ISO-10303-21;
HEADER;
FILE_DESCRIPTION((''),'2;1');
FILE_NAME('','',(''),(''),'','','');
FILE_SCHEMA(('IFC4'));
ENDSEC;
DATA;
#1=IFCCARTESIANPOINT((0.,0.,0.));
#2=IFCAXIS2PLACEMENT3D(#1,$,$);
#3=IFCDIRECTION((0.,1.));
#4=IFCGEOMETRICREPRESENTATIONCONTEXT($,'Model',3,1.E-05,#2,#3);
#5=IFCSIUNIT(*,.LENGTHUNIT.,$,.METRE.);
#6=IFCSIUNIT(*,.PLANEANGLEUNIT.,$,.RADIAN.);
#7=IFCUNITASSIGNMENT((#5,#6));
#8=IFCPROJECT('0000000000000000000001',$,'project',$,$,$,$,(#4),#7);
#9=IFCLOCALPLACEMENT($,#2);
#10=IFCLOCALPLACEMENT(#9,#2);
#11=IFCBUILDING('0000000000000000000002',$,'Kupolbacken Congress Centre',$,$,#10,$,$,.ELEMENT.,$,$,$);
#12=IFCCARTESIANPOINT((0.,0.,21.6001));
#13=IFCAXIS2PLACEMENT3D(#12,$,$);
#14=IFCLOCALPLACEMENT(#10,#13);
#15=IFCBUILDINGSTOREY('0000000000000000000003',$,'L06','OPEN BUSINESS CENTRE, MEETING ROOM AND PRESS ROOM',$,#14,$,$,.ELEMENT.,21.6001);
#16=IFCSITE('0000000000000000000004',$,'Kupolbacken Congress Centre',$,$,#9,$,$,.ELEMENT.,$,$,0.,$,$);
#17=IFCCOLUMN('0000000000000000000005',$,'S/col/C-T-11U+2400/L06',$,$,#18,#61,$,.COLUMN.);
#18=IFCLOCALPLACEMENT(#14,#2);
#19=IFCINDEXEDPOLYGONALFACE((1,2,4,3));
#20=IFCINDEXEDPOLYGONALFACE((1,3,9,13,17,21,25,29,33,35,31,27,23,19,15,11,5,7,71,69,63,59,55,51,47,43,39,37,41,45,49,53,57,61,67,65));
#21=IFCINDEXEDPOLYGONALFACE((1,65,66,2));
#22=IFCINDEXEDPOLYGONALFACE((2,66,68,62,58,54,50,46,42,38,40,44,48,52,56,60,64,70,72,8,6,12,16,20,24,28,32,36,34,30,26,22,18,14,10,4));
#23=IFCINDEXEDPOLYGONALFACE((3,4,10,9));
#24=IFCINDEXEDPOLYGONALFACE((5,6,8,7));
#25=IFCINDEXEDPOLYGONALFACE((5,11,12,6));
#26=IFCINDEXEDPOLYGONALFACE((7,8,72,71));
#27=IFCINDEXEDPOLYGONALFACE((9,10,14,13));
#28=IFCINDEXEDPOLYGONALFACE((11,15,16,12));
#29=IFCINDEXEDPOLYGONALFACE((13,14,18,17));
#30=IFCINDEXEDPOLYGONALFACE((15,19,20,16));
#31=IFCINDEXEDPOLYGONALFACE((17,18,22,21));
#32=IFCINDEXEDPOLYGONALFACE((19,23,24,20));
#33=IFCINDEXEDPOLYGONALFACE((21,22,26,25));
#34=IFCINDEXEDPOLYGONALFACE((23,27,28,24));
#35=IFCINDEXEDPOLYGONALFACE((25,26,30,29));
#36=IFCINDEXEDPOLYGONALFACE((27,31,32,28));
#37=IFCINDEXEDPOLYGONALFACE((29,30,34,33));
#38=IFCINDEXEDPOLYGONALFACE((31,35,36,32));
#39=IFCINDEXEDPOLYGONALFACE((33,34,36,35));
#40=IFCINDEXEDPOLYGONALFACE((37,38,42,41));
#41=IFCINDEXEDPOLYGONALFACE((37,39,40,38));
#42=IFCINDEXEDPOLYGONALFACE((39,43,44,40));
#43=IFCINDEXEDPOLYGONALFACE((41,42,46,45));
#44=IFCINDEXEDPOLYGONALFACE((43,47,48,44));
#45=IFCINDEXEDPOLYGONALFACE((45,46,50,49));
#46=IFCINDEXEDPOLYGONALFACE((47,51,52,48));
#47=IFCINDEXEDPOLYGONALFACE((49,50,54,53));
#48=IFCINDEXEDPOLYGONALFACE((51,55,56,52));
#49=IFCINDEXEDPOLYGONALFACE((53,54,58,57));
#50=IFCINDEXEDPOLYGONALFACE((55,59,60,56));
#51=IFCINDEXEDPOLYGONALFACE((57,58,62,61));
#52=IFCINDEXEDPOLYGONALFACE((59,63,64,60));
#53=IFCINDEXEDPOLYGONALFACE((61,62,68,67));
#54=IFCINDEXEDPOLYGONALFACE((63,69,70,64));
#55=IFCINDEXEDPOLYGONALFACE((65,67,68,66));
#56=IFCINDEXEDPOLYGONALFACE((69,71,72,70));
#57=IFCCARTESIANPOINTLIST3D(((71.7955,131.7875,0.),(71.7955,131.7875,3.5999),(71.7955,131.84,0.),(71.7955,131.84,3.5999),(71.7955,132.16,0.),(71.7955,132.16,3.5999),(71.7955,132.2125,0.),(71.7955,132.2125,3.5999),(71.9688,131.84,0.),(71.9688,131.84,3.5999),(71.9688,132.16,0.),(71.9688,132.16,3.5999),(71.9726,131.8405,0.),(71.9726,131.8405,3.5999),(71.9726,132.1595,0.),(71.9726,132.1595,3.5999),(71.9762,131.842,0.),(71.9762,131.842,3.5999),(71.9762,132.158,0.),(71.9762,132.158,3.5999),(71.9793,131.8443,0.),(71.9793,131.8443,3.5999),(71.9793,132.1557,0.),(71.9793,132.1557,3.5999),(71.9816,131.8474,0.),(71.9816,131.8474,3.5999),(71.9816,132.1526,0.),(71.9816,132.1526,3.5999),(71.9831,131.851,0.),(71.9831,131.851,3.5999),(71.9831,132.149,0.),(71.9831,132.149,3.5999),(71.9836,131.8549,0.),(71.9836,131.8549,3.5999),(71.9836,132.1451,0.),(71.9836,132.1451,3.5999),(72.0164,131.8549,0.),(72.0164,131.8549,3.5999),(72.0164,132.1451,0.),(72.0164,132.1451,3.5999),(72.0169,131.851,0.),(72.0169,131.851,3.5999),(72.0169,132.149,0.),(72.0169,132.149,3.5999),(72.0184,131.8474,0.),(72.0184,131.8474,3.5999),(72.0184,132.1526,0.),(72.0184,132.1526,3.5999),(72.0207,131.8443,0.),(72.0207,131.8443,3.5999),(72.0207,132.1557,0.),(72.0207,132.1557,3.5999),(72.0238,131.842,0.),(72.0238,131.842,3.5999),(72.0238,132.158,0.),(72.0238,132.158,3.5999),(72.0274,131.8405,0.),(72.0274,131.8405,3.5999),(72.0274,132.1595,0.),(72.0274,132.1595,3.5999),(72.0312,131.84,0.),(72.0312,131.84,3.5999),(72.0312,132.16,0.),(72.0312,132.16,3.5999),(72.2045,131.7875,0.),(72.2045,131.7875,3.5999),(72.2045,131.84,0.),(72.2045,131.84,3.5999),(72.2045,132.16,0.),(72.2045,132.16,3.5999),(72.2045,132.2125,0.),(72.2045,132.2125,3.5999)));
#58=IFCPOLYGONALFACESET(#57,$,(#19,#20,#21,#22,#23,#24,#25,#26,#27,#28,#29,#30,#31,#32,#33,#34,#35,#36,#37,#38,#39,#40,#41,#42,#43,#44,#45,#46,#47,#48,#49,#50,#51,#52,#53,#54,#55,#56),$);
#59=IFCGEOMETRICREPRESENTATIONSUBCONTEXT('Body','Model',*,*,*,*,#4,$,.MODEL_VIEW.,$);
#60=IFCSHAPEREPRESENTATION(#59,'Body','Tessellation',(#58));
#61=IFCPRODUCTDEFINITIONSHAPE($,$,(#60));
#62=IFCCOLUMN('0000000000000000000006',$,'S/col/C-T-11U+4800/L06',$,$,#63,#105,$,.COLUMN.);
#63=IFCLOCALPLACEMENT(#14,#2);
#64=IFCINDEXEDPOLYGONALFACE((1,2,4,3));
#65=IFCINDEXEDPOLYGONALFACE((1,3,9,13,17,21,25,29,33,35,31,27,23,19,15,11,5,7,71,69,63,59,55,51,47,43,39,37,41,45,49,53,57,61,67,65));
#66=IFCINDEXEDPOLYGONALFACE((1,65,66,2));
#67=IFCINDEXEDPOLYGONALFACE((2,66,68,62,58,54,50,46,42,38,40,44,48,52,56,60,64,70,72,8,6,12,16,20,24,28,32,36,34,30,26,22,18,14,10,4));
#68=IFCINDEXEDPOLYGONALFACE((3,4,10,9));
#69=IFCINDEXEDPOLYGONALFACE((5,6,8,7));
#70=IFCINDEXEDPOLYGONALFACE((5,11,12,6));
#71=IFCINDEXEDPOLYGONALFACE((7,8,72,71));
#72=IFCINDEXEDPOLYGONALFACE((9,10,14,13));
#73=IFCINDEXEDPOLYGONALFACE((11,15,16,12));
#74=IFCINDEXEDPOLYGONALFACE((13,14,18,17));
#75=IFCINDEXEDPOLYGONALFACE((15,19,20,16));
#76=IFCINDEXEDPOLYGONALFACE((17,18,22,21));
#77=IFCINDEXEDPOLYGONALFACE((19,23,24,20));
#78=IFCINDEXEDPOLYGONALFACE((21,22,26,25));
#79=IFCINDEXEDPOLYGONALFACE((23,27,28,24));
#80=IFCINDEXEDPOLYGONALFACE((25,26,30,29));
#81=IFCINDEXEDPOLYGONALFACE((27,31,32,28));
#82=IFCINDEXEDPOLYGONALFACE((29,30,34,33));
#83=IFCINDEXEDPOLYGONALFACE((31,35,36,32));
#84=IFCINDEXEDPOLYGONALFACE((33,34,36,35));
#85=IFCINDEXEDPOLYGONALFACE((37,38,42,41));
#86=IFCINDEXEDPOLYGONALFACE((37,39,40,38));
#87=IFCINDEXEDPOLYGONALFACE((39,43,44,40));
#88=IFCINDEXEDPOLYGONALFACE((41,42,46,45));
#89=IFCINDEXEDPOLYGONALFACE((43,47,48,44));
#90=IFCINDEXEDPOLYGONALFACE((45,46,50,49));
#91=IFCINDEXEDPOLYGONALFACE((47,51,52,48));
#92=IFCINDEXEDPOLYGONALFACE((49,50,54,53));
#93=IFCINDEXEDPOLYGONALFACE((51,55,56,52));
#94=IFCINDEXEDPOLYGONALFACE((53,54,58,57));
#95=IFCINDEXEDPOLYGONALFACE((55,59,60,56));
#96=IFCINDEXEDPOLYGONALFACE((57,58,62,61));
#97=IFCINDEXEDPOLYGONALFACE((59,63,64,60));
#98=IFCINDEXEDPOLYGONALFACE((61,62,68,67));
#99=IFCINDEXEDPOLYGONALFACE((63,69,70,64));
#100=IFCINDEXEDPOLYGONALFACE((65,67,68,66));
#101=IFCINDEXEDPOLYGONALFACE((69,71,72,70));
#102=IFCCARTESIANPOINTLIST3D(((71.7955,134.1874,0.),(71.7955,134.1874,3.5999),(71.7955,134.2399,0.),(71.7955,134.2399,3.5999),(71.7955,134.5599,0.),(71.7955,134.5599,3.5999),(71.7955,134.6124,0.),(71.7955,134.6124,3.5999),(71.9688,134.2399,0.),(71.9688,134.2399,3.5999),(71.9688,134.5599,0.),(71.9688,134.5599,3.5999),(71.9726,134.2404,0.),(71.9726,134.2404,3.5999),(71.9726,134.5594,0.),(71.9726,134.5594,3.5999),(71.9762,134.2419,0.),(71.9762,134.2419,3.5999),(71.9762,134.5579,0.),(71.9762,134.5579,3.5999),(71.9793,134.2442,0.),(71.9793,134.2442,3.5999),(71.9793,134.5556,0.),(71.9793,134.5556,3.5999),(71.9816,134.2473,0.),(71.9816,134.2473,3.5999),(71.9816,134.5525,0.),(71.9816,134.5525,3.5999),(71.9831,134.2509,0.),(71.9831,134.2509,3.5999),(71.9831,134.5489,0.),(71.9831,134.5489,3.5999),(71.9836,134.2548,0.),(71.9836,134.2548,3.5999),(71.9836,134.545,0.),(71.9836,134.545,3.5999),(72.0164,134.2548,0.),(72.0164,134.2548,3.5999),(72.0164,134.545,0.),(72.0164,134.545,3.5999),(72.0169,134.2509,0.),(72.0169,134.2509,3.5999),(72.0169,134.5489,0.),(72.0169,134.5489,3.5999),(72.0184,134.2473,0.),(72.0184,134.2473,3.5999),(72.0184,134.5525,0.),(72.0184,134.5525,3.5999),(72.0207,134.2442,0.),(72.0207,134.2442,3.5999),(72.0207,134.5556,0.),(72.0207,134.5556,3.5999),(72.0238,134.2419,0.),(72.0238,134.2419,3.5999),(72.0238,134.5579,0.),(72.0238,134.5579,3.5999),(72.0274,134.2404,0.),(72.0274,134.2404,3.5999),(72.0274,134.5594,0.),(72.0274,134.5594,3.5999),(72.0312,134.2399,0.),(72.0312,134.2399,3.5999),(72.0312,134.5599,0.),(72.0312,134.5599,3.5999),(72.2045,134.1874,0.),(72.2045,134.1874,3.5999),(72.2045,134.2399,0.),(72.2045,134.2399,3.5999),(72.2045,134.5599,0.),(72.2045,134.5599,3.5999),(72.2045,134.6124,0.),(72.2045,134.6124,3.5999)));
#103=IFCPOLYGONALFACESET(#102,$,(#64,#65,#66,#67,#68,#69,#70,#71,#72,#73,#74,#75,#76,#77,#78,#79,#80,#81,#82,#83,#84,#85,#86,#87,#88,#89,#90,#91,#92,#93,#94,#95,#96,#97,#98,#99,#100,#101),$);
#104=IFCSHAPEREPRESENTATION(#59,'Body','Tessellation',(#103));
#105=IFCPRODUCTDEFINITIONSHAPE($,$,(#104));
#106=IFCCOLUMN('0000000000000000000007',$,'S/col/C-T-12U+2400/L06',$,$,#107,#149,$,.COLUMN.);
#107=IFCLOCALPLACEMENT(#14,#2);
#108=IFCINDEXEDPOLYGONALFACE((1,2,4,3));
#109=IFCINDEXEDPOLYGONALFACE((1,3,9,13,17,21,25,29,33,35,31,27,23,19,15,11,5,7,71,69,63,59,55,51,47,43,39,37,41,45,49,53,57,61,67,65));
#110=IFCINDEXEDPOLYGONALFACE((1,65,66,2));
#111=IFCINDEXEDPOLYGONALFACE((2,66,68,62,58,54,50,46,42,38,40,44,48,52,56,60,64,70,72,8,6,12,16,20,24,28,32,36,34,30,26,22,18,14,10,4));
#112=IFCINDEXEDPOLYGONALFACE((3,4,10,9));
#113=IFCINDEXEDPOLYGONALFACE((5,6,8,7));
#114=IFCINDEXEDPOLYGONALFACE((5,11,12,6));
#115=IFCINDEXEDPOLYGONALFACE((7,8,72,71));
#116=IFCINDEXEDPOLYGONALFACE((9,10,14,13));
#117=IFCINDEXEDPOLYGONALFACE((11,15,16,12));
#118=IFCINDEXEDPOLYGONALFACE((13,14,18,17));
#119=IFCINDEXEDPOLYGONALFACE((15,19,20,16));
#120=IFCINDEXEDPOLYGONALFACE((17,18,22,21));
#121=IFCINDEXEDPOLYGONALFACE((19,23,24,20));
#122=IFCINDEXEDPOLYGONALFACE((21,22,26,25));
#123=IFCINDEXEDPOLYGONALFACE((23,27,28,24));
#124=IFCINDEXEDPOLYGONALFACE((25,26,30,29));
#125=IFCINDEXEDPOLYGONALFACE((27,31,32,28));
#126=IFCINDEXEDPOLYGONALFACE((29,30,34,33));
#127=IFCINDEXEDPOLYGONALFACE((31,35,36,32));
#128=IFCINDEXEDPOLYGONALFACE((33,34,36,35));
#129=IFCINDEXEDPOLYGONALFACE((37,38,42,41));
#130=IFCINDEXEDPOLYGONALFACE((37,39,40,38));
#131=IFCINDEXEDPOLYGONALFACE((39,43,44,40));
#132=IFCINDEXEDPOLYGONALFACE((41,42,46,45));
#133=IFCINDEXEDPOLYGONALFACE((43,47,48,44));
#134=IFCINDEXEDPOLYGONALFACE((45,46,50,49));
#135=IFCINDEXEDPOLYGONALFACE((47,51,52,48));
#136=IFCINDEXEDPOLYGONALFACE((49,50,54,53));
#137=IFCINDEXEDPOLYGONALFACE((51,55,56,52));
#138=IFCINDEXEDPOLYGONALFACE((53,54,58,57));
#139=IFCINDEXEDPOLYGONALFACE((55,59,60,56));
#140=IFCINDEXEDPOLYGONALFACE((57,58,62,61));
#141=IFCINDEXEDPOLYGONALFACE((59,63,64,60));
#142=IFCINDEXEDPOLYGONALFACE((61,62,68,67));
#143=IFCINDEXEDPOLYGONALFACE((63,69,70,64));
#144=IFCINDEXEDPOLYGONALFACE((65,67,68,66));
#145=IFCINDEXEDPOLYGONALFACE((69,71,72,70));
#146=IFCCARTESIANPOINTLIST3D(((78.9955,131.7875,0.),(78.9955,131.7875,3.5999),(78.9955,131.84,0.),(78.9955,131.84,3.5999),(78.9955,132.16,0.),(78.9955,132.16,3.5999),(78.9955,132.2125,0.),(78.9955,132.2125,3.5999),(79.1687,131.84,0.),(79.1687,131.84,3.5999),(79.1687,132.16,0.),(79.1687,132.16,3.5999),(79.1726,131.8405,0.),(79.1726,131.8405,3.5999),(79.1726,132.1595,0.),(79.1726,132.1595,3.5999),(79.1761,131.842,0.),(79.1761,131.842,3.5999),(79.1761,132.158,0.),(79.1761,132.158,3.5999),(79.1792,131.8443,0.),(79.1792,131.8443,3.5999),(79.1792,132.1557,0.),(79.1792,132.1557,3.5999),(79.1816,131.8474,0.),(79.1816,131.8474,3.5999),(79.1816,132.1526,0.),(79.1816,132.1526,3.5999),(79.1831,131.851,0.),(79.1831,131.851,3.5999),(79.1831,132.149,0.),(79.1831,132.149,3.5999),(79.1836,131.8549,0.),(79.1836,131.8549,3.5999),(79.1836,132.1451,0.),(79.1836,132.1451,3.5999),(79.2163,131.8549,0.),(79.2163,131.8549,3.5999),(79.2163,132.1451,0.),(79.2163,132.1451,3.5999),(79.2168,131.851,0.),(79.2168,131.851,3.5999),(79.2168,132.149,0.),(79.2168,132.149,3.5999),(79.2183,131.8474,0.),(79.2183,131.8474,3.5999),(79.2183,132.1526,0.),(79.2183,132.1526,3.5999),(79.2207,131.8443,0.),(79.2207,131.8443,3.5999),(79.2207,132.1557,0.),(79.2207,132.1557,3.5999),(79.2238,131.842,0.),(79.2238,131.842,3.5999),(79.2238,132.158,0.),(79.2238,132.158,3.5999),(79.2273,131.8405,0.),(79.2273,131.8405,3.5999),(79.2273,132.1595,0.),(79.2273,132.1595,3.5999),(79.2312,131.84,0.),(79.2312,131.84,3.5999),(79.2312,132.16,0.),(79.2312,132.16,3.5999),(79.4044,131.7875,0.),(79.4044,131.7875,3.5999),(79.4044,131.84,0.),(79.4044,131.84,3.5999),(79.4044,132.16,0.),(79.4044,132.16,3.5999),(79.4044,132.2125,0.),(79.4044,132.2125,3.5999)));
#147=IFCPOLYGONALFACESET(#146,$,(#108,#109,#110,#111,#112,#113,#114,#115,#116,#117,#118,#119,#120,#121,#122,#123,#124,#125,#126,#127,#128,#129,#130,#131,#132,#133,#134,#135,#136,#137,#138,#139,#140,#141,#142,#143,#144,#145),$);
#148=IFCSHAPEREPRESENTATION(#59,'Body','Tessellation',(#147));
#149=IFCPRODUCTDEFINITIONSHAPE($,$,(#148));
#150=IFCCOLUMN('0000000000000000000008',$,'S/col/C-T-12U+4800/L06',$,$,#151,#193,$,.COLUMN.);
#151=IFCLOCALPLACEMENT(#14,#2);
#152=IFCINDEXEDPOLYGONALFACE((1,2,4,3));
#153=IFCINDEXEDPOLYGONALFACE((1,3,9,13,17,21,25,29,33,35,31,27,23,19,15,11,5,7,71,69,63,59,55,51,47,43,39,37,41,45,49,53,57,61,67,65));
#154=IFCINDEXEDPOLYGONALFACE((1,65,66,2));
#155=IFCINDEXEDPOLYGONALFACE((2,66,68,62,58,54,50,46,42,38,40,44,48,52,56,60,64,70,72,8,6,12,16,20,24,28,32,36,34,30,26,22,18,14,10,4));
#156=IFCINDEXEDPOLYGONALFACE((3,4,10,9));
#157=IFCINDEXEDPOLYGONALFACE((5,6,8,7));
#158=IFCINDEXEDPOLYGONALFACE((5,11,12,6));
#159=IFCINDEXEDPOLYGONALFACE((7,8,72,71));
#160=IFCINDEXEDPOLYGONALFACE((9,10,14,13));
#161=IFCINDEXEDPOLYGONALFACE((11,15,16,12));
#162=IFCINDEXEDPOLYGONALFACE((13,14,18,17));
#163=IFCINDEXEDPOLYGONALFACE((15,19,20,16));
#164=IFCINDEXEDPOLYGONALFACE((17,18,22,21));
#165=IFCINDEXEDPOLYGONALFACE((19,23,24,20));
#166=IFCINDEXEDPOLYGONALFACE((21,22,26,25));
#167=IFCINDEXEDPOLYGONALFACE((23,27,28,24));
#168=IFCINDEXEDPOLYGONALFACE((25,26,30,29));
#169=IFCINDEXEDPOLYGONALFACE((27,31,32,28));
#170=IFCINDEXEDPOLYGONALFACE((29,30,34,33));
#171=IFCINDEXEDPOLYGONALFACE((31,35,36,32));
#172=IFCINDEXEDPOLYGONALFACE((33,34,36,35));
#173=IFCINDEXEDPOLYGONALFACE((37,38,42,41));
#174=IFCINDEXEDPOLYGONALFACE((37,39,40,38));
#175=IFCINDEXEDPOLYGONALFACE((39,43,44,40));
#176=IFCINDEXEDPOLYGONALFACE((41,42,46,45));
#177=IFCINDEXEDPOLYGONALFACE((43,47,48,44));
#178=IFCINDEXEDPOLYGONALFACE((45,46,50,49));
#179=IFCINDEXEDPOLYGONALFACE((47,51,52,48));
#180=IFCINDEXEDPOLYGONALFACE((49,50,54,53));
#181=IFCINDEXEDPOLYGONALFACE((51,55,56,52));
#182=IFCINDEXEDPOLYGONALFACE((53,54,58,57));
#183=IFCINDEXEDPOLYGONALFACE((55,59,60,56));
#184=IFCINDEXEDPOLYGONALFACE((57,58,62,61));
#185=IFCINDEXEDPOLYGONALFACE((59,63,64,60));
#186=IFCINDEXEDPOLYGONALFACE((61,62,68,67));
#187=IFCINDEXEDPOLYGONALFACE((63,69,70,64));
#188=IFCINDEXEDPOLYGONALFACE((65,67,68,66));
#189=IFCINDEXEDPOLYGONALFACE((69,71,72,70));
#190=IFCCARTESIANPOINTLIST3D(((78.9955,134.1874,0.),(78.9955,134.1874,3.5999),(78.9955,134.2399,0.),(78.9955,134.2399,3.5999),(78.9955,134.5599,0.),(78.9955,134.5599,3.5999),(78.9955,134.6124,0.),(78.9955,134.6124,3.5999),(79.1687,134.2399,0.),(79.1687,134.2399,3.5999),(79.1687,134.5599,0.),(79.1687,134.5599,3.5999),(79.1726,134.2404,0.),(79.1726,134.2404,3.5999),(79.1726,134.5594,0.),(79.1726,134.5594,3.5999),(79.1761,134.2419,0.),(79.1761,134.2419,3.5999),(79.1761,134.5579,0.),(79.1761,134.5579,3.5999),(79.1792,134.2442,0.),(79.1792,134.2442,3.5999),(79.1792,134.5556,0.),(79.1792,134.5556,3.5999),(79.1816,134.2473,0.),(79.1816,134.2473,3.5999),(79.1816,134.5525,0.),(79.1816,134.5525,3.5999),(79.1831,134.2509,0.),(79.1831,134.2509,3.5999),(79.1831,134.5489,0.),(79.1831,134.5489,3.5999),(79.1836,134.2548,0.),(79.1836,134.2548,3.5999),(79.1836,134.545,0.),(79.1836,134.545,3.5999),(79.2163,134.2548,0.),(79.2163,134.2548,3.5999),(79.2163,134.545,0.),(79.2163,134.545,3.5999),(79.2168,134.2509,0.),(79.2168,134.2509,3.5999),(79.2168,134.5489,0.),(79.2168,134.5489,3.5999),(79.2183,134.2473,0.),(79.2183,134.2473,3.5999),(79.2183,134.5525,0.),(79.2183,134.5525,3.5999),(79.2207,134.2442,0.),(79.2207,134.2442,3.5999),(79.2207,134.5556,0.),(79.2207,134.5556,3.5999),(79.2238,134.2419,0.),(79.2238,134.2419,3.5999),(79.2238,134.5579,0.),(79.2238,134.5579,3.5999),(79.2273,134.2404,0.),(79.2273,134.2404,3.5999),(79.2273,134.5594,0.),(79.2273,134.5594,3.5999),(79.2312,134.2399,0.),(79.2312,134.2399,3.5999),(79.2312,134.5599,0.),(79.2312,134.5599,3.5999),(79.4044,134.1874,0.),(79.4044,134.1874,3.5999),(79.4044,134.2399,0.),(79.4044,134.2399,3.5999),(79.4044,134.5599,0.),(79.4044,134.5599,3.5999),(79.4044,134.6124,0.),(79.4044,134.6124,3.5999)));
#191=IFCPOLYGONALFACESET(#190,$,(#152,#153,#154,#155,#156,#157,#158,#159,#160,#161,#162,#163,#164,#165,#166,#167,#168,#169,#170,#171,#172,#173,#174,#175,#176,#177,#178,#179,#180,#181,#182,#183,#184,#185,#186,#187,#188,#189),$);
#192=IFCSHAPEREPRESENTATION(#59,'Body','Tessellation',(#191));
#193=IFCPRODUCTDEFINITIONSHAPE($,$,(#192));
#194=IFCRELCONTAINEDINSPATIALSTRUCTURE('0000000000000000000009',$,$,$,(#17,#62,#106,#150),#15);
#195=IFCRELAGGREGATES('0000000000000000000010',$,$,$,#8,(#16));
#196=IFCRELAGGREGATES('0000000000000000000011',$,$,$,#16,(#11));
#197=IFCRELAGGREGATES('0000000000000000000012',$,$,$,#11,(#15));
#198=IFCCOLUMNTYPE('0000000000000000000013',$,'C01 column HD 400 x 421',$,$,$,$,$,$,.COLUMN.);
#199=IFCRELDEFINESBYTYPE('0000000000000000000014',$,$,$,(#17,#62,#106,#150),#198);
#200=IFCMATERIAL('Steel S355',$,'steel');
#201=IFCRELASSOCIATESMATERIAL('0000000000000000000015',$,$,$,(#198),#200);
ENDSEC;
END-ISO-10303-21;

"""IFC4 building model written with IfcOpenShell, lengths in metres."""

from ifc_helpers import new_model, si_unit, direction, frame, origin, origin_2d, place, context, subcontext, project, spatial, i_section, extrude, material, material_profile, profile_set, type_object, element, save


model = new_model("IFC4")

# Units and contexts
model_context = context("Model", 3, precision=1e-05, world=origin(), true_north=direction((0.0, 1.0)))
body_context = subcontext(model_context, "Body", "Model", "MODEL_VIEW")
ifc_project = project(units=[si_unit("LENGTHUNIT", "METRE"), si_unit("PLANEANGLEUNIT", "RADIAN")], contexts=[model_context])

# Site, building, storey
site_placement = place(None, origin())
site = spatial("IfcSite", under=ifc_project, at=site_placement, Name="Kupolbacken Congress Centre", CompositionType="ELEMENT", RefElevation=0.0)
building_placement = place(site_placement, origin())
building = spatial("IfcBuilding", under=site, at=building_placement, Name="Kupolbacken Congress Centre", CompositionType="ELEMENT")
storey_placement = place(building_placement, frame((0.0, 0.0, 21.6001)))
storey = spatial("IfcBuildingStorey", under=building, at=storey_placement, Name="L06", Description="OPEN BUSINESS CENTRE, MEETING ROOM AND PRESS ROOM", CompositionType="ELEMENT", Elevation=21.6001)

# Columns
ifc_material_1 = material(Name="Steel S355", Category="steel")
ifc_material_profile_1 = material_profile(ifc_material_1, i_section(OverallWidth=0.4089, OverallDepth=0.425, WebThickness=0.0327, FlangeThickness=0.0525, FilletRadius=0.0149, at=origin_2d()), Name="HD 400 x 421")
ifc_profile_set_1 = profile_set([ifc_material_profile_1], Name="Steel S355")
column_type = type_object("IfcColumnType", Name="C01 column HD 400 x 421", PredefinedType="COLUMN", material=ifc_profile_set_1)
for number, where, z_axis, x_axis, name in (
    (1, (72.0, 132.0, 0.0), (0.0, 0.0, 1.0), (1.0, 0.0, 0.0), "S/col/C-T-11U+2400/L06"),
    (2, (72.0, 134.3999, 0.0), (0.0, 0.0, 1.0), (1.0, 0.0, 0.0), "S/col/C-T-11U+4800/L06"),
    (3, (79.2, 132.0, 0.0), (0.0, 0.0, 1.0), (1.0, 0.0, 0.0), "S/col/C-T-12U+2400/L06"),
    (4, (79.2, 134.3999, 0.0), (0.0, 0.0, 1.0), (1.0, 0.0, 0.0), "S/col/C-T-12U+4800/L06"),
):
    element("IfcColumn", number, at=place(storey_placement, frame(where, z_axis=z_axis, x_axis=x_axis)), inside=storey, type_object=column_type, Name=name, PredefinedType="COLUMN", context=body_context, shape_type="SweptSolid", body=[
        extrude(i_section(OverallWidth=0.4089, OverallDepth=0.425, WebThickness=0.0327, FlangeThickness=0.0525, FilletRadius=0.0149, at=origin_2d()), origin(), (0.0, 0.0, 1.0), 3.5999),
    ])

save(model, "model.ifc")
